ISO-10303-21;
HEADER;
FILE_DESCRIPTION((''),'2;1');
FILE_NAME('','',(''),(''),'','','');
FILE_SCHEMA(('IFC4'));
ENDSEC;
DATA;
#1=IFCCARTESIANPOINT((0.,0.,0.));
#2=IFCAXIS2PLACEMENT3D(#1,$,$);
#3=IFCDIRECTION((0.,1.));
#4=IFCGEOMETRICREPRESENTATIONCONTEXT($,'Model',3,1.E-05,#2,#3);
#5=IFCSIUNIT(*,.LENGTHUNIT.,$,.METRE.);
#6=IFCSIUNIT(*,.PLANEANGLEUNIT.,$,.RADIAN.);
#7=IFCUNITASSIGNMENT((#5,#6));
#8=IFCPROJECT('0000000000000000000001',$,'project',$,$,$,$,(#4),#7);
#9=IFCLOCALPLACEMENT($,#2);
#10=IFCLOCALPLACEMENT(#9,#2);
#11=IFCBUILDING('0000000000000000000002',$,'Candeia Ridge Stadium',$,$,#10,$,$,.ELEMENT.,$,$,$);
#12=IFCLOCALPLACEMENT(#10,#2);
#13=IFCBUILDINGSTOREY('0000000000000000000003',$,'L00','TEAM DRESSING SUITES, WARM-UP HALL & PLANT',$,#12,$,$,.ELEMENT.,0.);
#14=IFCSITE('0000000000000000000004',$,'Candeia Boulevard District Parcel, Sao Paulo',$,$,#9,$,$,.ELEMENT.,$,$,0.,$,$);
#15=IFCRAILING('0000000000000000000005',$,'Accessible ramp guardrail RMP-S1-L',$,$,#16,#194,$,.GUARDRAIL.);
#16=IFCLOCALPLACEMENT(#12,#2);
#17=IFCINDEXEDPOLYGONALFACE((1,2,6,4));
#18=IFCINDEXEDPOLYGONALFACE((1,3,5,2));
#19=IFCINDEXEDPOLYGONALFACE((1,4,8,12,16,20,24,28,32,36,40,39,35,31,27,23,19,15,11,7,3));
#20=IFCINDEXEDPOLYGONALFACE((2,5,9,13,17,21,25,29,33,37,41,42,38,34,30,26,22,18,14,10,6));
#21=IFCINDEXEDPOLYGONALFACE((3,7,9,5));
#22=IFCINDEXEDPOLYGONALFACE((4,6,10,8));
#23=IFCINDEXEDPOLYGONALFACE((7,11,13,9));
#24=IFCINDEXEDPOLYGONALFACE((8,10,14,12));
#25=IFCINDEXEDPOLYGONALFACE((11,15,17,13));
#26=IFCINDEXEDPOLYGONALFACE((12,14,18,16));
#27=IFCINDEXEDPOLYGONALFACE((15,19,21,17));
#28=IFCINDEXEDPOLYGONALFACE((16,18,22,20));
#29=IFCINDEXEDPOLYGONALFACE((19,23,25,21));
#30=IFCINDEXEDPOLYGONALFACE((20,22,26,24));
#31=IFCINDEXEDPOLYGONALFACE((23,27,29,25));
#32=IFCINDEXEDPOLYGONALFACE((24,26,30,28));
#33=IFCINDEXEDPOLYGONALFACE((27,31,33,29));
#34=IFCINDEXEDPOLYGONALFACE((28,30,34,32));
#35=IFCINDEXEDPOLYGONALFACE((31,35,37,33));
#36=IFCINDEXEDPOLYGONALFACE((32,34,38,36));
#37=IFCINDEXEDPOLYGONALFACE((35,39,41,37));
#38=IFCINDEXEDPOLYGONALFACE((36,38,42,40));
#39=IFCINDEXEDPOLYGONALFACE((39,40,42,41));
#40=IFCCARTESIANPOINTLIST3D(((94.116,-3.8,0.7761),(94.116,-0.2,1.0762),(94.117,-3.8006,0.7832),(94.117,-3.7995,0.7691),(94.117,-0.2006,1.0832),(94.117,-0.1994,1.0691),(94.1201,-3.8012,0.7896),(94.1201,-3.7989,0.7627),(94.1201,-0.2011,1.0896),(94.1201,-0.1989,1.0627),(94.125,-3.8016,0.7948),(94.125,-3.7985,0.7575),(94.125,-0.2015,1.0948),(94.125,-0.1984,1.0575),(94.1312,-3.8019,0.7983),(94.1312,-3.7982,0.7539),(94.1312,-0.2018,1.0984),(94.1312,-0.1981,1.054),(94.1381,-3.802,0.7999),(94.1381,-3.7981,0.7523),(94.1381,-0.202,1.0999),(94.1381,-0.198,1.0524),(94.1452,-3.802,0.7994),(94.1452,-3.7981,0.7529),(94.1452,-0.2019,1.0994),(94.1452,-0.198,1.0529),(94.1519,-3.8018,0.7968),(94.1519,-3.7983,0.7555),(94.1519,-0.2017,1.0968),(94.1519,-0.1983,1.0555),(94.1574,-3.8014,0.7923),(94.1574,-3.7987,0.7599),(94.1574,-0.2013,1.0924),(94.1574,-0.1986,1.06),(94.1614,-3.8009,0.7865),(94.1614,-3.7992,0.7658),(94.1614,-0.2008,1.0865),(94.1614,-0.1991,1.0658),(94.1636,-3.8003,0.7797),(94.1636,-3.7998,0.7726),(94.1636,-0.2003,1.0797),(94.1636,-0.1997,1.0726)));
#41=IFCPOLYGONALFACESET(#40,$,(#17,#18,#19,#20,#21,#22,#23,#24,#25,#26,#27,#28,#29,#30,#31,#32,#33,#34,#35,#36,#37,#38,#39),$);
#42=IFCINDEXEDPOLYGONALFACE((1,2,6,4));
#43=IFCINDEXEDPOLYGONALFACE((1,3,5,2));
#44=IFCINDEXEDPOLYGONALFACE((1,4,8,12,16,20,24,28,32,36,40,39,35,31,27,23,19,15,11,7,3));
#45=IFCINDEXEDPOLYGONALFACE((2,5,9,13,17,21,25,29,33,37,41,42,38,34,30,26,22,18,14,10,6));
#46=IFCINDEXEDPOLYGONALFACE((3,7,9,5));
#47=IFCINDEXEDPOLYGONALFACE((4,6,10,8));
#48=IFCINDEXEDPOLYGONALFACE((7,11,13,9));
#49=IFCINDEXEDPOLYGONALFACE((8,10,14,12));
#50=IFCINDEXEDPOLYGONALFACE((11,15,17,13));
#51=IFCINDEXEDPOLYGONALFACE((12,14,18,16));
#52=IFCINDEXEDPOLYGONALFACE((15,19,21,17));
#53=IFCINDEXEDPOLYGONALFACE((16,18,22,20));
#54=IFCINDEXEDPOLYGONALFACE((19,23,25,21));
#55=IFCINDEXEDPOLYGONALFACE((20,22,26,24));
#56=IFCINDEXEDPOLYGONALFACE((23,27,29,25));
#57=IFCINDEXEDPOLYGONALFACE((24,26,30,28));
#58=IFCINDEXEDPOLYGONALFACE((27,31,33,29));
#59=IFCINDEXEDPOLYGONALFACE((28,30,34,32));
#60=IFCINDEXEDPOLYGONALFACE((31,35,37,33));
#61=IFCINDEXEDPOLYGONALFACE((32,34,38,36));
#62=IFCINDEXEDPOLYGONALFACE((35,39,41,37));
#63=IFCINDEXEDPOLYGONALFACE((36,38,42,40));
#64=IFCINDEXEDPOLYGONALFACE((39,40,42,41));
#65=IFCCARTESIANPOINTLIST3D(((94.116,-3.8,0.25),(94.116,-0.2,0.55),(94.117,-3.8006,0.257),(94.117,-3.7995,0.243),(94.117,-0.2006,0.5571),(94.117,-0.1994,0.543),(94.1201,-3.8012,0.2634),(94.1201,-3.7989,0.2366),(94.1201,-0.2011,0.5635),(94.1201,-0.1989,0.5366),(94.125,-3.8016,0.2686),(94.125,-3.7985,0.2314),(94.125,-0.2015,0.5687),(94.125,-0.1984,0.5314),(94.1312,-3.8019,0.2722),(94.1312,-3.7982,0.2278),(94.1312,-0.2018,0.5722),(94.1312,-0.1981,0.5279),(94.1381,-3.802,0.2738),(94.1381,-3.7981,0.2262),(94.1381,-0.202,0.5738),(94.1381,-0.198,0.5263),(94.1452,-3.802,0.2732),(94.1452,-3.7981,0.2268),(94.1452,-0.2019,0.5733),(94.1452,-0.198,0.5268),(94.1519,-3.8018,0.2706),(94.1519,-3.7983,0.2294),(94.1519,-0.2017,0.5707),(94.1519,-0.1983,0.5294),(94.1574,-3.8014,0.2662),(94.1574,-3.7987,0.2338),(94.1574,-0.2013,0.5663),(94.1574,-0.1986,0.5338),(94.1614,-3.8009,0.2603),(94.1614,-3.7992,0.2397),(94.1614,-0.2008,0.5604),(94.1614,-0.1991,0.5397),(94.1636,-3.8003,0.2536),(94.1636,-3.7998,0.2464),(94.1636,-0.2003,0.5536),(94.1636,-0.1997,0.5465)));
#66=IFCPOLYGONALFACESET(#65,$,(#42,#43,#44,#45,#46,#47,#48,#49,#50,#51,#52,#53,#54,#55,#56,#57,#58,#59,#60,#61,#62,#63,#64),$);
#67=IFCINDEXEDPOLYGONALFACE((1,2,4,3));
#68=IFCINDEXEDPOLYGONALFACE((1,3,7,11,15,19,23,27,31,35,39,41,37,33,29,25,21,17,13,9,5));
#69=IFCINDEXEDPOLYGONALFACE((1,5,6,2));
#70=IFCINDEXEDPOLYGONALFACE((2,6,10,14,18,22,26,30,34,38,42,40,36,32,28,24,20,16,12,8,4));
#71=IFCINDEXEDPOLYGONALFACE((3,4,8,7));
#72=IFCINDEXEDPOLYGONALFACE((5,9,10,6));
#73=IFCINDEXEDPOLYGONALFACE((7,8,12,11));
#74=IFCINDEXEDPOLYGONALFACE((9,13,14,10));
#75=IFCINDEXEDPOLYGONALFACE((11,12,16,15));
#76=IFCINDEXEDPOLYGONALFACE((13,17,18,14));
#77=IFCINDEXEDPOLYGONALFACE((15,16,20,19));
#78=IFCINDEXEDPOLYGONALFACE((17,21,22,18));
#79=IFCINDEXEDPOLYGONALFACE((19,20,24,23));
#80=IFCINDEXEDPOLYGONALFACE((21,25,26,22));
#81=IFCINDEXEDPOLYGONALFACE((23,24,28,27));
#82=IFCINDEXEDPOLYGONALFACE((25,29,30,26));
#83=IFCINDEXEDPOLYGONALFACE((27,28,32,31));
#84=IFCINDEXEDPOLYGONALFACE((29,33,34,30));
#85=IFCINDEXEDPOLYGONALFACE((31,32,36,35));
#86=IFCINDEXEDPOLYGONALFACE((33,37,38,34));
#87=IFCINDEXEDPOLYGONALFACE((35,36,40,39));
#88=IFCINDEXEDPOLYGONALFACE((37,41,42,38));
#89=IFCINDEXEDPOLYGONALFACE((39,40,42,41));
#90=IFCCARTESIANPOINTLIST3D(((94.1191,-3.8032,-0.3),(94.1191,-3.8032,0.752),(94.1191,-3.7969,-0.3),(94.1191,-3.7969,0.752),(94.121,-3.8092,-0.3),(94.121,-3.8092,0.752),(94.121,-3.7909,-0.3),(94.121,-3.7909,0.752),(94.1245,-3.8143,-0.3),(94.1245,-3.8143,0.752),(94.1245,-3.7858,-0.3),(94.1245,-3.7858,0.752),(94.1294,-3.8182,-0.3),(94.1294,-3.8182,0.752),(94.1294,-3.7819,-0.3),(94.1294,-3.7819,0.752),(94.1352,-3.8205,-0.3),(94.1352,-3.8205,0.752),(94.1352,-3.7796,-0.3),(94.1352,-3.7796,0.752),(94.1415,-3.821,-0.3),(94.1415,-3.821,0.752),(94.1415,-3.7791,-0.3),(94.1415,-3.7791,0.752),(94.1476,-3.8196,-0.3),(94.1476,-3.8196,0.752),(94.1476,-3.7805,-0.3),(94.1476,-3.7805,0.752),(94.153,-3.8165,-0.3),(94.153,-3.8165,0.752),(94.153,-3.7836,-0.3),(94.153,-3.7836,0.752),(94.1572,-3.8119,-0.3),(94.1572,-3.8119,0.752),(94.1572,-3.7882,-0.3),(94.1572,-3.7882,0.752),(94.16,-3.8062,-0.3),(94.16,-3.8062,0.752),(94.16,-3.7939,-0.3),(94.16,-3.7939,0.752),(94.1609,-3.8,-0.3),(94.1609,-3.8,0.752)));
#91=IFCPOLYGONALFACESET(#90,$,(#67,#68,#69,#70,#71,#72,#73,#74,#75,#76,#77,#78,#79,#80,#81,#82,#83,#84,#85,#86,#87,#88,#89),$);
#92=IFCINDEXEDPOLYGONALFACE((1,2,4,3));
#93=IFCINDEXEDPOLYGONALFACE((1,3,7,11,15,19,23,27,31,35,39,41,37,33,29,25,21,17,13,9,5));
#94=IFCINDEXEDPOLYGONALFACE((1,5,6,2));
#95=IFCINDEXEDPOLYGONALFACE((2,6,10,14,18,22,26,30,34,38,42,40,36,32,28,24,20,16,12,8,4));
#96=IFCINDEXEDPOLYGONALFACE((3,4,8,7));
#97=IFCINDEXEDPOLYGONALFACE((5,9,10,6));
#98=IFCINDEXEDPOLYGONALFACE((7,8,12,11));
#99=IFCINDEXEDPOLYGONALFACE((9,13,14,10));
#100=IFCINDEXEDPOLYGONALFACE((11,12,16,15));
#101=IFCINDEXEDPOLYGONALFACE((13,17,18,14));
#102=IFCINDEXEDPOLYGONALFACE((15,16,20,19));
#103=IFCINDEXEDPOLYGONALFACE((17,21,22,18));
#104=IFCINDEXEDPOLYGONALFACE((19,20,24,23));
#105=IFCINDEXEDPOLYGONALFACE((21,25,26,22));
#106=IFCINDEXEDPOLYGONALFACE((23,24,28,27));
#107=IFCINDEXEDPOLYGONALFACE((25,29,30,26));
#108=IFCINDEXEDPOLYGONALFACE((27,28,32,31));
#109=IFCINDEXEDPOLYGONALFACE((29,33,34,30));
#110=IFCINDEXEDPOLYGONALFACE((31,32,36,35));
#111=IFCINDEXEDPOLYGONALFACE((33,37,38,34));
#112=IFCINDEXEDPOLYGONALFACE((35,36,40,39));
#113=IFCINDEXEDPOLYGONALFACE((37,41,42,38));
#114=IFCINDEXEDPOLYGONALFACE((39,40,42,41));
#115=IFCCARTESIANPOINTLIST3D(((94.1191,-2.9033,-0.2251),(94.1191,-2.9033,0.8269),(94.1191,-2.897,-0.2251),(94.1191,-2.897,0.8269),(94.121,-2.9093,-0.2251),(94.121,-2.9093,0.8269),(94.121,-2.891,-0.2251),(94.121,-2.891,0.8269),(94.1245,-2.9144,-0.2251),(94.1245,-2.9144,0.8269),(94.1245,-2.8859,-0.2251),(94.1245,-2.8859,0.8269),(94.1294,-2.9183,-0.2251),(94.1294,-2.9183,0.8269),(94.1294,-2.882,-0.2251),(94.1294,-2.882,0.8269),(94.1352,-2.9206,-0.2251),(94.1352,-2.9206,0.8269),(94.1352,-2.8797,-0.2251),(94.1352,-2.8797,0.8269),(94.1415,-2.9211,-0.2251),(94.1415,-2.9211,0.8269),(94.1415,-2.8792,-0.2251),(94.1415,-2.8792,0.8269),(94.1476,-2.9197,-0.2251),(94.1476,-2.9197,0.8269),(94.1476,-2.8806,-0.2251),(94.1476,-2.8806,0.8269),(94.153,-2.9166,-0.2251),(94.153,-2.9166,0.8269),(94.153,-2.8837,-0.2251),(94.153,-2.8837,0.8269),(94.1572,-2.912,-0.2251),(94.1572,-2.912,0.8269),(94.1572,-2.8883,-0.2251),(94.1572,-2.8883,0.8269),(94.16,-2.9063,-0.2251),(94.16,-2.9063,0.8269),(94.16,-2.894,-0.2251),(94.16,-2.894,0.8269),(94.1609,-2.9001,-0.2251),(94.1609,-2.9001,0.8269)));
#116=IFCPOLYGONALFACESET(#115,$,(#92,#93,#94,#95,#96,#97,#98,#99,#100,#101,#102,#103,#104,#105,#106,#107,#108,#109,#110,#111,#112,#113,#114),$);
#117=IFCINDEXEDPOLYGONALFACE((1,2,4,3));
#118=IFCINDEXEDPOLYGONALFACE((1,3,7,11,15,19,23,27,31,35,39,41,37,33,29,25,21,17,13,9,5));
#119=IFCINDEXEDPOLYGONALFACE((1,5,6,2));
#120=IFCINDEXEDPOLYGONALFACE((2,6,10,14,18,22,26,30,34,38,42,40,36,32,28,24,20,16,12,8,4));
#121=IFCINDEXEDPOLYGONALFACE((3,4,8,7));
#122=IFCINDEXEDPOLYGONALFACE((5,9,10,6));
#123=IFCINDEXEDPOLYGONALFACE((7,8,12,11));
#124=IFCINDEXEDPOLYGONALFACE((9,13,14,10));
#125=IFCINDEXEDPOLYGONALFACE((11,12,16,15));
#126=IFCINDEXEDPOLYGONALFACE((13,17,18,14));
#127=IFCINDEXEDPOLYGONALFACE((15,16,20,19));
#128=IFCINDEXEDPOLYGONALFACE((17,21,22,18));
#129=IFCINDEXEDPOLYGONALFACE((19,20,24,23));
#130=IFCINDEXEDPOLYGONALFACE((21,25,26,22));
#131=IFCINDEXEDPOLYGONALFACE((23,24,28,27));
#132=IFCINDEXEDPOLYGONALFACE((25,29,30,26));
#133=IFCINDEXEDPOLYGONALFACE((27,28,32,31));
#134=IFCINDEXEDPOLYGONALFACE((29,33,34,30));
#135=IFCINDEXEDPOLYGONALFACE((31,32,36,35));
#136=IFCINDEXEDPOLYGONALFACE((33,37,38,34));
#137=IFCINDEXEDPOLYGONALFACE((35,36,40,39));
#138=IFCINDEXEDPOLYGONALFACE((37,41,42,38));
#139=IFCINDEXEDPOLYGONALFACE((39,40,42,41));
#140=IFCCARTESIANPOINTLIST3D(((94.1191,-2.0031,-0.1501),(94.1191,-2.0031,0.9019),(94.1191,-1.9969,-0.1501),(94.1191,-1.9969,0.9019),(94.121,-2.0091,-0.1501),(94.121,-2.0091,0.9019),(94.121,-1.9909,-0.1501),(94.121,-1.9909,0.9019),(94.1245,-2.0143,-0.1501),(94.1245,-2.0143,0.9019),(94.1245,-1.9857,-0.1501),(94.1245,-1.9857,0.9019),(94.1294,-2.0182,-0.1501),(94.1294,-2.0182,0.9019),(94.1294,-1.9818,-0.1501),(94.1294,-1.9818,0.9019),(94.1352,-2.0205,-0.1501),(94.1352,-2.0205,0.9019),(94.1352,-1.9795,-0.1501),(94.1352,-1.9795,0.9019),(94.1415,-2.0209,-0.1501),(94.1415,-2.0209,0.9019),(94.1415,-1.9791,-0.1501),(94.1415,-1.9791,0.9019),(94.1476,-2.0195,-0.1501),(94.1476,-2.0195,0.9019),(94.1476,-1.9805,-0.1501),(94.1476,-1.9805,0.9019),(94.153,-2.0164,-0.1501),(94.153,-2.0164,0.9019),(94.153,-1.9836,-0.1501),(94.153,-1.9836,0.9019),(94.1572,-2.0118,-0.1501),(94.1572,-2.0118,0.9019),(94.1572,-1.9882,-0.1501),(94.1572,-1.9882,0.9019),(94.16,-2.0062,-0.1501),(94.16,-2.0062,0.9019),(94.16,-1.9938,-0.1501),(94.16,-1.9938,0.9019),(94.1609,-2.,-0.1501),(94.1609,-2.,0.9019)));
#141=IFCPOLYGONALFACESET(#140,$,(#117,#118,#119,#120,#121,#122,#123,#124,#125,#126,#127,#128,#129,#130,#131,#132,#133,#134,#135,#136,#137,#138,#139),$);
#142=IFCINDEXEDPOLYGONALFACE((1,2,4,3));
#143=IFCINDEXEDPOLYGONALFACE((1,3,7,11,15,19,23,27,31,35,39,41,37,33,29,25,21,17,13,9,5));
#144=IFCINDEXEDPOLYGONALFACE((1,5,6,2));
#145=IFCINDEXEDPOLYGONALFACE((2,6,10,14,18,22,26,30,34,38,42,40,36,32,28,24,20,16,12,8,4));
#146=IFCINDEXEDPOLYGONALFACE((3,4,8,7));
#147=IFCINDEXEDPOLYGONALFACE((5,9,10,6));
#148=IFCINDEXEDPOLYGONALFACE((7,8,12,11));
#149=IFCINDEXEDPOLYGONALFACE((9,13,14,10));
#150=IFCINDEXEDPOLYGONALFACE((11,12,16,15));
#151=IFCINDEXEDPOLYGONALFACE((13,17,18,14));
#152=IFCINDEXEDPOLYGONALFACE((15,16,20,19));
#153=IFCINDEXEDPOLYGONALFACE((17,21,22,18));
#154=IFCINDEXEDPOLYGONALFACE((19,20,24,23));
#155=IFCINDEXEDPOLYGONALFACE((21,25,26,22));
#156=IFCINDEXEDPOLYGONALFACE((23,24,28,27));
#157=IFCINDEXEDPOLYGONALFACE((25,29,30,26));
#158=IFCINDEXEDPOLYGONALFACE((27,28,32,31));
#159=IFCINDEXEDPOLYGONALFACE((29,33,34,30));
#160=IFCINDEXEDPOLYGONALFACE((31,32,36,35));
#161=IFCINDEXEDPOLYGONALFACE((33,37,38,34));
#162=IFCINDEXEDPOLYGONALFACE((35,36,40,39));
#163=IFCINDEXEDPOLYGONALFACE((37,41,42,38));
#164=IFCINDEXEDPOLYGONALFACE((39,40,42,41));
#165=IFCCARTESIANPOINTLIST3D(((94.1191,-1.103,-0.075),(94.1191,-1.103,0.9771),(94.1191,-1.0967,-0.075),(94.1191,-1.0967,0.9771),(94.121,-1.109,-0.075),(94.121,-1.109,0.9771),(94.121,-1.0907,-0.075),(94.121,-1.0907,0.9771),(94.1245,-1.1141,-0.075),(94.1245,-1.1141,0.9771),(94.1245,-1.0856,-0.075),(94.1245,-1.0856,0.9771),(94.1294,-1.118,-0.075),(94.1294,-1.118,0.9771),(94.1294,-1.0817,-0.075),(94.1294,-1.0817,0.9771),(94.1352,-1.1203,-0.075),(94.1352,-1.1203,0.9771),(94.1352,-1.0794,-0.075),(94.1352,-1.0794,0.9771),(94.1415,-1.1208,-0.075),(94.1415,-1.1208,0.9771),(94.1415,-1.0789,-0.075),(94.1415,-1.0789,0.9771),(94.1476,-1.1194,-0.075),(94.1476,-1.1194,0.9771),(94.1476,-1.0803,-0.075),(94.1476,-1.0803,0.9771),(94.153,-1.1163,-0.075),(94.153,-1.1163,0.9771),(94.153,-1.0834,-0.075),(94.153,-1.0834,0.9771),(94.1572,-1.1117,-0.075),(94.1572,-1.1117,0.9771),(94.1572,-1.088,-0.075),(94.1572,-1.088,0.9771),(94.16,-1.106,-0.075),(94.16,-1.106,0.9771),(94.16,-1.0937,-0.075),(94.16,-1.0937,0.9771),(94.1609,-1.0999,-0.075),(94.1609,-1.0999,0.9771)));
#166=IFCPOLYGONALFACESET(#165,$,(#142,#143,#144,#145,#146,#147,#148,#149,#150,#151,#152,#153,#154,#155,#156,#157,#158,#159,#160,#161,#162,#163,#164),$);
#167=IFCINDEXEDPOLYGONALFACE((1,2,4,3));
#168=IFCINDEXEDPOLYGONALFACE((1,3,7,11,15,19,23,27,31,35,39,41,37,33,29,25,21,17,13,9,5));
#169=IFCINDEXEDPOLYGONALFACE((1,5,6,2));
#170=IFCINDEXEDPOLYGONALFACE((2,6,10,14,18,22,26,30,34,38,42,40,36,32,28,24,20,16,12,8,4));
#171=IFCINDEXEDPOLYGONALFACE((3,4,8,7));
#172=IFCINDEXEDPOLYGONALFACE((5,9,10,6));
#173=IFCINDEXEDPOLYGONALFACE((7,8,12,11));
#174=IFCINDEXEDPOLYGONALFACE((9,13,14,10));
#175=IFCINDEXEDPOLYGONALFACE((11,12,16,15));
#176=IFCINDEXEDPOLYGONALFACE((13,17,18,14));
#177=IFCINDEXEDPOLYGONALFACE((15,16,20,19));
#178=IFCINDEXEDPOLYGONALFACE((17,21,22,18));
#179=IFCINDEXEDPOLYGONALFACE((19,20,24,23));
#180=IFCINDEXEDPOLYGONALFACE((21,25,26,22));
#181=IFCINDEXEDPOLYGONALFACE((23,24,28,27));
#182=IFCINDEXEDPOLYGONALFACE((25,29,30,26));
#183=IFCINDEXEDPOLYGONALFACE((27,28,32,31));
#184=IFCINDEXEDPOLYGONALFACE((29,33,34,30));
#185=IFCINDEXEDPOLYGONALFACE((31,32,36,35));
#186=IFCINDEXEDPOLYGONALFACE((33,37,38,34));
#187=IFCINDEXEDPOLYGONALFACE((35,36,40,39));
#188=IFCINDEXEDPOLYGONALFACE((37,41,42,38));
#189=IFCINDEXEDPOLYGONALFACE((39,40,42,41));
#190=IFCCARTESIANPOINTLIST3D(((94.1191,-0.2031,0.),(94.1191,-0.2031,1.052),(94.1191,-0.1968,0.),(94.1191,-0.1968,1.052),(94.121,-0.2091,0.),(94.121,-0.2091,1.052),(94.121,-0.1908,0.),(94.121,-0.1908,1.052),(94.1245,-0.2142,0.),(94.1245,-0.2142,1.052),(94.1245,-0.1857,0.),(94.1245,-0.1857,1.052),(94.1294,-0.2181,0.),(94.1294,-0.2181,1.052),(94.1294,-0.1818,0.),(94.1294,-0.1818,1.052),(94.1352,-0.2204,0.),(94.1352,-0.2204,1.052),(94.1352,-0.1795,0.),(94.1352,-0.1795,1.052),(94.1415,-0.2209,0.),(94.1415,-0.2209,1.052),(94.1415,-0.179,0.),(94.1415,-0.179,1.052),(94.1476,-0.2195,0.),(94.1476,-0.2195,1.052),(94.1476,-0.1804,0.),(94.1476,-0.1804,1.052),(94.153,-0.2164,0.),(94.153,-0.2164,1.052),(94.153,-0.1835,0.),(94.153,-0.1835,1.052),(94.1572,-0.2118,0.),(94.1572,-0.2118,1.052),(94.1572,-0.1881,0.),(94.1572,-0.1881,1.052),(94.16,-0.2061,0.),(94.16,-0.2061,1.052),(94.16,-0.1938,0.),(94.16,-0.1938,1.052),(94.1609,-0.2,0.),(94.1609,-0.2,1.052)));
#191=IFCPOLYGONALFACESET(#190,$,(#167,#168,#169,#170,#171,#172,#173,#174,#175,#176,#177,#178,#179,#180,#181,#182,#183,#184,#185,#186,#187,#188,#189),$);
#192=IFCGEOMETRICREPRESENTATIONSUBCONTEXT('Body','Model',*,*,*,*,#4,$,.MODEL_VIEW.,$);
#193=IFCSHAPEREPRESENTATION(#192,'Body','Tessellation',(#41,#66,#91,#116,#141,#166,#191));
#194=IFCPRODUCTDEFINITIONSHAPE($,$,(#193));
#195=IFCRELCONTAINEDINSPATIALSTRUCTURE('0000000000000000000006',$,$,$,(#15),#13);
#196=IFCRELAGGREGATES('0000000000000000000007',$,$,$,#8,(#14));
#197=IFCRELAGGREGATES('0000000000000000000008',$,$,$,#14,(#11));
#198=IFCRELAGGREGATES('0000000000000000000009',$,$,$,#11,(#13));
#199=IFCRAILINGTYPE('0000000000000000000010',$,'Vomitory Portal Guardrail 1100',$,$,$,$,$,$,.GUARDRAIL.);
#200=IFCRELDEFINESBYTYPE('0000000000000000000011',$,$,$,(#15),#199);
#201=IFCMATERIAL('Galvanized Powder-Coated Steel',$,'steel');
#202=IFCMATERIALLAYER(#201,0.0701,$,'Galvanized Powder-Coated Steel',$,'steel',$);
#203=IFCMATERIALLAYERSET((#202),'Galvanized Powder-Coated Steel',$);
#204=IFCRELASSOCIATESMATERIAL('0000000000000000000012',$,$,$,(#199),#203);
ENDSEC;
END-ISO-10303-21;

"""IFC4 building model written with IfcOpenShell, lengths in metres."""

from ifc_helpers import new_model, si_unit, direction, frame, origin, origin_2d, place, context, subcontext, project, spatial, circle, extrude, material, layer, layer_set, type_object, element, save


model = new_model("IFC4")

# Units and contexts
model_context = context("Model", 3, precision=1e-05, world=origin(), true_north=direction((0.0, 1.0)))
body_context = subcontext(model_context, "Body", "Model", "MODEL_VIEW")
ifc_project = project(units=[si_unit("LENGTHUNIT", "METRE"), si_unit("PLANEANGLEUNIT", "RADIAN")], contexts=[model_context])

# Site, building, storey
site_placement = place(None, origin())
site = spatial("IfcSite", under=ifc_project, at=site_placement, Name="Candeia Boulevard District Parcel, Sao Paulo", CompositionType="ELEMENT", RefElevation=0.0)
building_placement = place(site_placement, origin())
building = spatial("IfcBuilding", under=site, at=building_placement, Name="Candeia Ridge Stadium", CompositionType="ELEMENT")
storey_placement = place(building_placement, origin())
storey = spatial("IfcBuildingStorey", under=building, at=storey_placement, Name="L00", Description="TEAM DRESSING SUITES, WARM-UP HALL & PLANT", CompositionType="ELEMENT", Elevation=0.0)

# Railing
ifc_material_1 = material(Name="Galvanized Powder-Coated Steel", Category="steel")
ifc_layer_1 = layer(ifc_material_1, 0.0701, Name="Galvanized Powder-Coated Steel", Category="steel")
ifc_layer_set_1 = layer_set([ifc_layer_1], Name="Galvanized Powder-Coated Steel")
railing_type_1 = type_object("IfcRailingType", Name="Vomitory Portal Guardrail 1100", PredefinedType="GUARDRAIL", material=ifc_layer_set_1)
railing_1_placement = place(storey_placement, frame((94.1399, -3.8, -0.3)))
element("IfcRailing", 1, at=railing_1_placement, inside=storey, type_object=railing_type_1, Name="Accessible ramp guardrail RMP-S1-L", PredefinedType="GUARDRAIL", context=body_context, shape_type="SweptSolid", body=[
    extrude(circle(Radius=0.0239, at=origin_2d()), frame((0.0, 0.0, 1.0762), z_axis=(0.0, 0.996545, 0.083057), x_axis=(-1.0, 0.0, 0.0)), (0.0, 0.0, 1.0), 3.6125),
    extrude(circle(Radius=0.0239, at=origin_2d()), frame((0.0, 0.0, 0.55), z_axis=(0.0, 0.996545, 0.083057), x_axis=(-1.0, 0.0, 0.0)), (0.0, 0.0, 1.0), 3.6125),
    extrude(circle(Radius=0.021, at=origin_2d()), origin(), (0.0, 0.0, 1.0), 1.052),
    extrude(circle(Radius=0.021, at=origin_2d()), frame((0.0, 0.8999, 0.075)), (0.0, 0.0, 1.0), 1.052),
    extrude(circle(Radius=0.021, at=origin_2d()), frame((0.0, 1.8, 0.1499)), (0.0, 0.0, 1.0), 1.052),
    extrude(circle(Radius=0.021, at=origin_2d()), frame((0.0, 2.7002, 0.2251)), (0.0, 0.0, 1.0), 1.052),
    extrude(circle(Radius=0.021, at=origin_2d()), frame((0.0, 3.6001, 0.3)), (0.0, 0.0, 1.0), 1.052),
])

save(model, "model.ifc")
